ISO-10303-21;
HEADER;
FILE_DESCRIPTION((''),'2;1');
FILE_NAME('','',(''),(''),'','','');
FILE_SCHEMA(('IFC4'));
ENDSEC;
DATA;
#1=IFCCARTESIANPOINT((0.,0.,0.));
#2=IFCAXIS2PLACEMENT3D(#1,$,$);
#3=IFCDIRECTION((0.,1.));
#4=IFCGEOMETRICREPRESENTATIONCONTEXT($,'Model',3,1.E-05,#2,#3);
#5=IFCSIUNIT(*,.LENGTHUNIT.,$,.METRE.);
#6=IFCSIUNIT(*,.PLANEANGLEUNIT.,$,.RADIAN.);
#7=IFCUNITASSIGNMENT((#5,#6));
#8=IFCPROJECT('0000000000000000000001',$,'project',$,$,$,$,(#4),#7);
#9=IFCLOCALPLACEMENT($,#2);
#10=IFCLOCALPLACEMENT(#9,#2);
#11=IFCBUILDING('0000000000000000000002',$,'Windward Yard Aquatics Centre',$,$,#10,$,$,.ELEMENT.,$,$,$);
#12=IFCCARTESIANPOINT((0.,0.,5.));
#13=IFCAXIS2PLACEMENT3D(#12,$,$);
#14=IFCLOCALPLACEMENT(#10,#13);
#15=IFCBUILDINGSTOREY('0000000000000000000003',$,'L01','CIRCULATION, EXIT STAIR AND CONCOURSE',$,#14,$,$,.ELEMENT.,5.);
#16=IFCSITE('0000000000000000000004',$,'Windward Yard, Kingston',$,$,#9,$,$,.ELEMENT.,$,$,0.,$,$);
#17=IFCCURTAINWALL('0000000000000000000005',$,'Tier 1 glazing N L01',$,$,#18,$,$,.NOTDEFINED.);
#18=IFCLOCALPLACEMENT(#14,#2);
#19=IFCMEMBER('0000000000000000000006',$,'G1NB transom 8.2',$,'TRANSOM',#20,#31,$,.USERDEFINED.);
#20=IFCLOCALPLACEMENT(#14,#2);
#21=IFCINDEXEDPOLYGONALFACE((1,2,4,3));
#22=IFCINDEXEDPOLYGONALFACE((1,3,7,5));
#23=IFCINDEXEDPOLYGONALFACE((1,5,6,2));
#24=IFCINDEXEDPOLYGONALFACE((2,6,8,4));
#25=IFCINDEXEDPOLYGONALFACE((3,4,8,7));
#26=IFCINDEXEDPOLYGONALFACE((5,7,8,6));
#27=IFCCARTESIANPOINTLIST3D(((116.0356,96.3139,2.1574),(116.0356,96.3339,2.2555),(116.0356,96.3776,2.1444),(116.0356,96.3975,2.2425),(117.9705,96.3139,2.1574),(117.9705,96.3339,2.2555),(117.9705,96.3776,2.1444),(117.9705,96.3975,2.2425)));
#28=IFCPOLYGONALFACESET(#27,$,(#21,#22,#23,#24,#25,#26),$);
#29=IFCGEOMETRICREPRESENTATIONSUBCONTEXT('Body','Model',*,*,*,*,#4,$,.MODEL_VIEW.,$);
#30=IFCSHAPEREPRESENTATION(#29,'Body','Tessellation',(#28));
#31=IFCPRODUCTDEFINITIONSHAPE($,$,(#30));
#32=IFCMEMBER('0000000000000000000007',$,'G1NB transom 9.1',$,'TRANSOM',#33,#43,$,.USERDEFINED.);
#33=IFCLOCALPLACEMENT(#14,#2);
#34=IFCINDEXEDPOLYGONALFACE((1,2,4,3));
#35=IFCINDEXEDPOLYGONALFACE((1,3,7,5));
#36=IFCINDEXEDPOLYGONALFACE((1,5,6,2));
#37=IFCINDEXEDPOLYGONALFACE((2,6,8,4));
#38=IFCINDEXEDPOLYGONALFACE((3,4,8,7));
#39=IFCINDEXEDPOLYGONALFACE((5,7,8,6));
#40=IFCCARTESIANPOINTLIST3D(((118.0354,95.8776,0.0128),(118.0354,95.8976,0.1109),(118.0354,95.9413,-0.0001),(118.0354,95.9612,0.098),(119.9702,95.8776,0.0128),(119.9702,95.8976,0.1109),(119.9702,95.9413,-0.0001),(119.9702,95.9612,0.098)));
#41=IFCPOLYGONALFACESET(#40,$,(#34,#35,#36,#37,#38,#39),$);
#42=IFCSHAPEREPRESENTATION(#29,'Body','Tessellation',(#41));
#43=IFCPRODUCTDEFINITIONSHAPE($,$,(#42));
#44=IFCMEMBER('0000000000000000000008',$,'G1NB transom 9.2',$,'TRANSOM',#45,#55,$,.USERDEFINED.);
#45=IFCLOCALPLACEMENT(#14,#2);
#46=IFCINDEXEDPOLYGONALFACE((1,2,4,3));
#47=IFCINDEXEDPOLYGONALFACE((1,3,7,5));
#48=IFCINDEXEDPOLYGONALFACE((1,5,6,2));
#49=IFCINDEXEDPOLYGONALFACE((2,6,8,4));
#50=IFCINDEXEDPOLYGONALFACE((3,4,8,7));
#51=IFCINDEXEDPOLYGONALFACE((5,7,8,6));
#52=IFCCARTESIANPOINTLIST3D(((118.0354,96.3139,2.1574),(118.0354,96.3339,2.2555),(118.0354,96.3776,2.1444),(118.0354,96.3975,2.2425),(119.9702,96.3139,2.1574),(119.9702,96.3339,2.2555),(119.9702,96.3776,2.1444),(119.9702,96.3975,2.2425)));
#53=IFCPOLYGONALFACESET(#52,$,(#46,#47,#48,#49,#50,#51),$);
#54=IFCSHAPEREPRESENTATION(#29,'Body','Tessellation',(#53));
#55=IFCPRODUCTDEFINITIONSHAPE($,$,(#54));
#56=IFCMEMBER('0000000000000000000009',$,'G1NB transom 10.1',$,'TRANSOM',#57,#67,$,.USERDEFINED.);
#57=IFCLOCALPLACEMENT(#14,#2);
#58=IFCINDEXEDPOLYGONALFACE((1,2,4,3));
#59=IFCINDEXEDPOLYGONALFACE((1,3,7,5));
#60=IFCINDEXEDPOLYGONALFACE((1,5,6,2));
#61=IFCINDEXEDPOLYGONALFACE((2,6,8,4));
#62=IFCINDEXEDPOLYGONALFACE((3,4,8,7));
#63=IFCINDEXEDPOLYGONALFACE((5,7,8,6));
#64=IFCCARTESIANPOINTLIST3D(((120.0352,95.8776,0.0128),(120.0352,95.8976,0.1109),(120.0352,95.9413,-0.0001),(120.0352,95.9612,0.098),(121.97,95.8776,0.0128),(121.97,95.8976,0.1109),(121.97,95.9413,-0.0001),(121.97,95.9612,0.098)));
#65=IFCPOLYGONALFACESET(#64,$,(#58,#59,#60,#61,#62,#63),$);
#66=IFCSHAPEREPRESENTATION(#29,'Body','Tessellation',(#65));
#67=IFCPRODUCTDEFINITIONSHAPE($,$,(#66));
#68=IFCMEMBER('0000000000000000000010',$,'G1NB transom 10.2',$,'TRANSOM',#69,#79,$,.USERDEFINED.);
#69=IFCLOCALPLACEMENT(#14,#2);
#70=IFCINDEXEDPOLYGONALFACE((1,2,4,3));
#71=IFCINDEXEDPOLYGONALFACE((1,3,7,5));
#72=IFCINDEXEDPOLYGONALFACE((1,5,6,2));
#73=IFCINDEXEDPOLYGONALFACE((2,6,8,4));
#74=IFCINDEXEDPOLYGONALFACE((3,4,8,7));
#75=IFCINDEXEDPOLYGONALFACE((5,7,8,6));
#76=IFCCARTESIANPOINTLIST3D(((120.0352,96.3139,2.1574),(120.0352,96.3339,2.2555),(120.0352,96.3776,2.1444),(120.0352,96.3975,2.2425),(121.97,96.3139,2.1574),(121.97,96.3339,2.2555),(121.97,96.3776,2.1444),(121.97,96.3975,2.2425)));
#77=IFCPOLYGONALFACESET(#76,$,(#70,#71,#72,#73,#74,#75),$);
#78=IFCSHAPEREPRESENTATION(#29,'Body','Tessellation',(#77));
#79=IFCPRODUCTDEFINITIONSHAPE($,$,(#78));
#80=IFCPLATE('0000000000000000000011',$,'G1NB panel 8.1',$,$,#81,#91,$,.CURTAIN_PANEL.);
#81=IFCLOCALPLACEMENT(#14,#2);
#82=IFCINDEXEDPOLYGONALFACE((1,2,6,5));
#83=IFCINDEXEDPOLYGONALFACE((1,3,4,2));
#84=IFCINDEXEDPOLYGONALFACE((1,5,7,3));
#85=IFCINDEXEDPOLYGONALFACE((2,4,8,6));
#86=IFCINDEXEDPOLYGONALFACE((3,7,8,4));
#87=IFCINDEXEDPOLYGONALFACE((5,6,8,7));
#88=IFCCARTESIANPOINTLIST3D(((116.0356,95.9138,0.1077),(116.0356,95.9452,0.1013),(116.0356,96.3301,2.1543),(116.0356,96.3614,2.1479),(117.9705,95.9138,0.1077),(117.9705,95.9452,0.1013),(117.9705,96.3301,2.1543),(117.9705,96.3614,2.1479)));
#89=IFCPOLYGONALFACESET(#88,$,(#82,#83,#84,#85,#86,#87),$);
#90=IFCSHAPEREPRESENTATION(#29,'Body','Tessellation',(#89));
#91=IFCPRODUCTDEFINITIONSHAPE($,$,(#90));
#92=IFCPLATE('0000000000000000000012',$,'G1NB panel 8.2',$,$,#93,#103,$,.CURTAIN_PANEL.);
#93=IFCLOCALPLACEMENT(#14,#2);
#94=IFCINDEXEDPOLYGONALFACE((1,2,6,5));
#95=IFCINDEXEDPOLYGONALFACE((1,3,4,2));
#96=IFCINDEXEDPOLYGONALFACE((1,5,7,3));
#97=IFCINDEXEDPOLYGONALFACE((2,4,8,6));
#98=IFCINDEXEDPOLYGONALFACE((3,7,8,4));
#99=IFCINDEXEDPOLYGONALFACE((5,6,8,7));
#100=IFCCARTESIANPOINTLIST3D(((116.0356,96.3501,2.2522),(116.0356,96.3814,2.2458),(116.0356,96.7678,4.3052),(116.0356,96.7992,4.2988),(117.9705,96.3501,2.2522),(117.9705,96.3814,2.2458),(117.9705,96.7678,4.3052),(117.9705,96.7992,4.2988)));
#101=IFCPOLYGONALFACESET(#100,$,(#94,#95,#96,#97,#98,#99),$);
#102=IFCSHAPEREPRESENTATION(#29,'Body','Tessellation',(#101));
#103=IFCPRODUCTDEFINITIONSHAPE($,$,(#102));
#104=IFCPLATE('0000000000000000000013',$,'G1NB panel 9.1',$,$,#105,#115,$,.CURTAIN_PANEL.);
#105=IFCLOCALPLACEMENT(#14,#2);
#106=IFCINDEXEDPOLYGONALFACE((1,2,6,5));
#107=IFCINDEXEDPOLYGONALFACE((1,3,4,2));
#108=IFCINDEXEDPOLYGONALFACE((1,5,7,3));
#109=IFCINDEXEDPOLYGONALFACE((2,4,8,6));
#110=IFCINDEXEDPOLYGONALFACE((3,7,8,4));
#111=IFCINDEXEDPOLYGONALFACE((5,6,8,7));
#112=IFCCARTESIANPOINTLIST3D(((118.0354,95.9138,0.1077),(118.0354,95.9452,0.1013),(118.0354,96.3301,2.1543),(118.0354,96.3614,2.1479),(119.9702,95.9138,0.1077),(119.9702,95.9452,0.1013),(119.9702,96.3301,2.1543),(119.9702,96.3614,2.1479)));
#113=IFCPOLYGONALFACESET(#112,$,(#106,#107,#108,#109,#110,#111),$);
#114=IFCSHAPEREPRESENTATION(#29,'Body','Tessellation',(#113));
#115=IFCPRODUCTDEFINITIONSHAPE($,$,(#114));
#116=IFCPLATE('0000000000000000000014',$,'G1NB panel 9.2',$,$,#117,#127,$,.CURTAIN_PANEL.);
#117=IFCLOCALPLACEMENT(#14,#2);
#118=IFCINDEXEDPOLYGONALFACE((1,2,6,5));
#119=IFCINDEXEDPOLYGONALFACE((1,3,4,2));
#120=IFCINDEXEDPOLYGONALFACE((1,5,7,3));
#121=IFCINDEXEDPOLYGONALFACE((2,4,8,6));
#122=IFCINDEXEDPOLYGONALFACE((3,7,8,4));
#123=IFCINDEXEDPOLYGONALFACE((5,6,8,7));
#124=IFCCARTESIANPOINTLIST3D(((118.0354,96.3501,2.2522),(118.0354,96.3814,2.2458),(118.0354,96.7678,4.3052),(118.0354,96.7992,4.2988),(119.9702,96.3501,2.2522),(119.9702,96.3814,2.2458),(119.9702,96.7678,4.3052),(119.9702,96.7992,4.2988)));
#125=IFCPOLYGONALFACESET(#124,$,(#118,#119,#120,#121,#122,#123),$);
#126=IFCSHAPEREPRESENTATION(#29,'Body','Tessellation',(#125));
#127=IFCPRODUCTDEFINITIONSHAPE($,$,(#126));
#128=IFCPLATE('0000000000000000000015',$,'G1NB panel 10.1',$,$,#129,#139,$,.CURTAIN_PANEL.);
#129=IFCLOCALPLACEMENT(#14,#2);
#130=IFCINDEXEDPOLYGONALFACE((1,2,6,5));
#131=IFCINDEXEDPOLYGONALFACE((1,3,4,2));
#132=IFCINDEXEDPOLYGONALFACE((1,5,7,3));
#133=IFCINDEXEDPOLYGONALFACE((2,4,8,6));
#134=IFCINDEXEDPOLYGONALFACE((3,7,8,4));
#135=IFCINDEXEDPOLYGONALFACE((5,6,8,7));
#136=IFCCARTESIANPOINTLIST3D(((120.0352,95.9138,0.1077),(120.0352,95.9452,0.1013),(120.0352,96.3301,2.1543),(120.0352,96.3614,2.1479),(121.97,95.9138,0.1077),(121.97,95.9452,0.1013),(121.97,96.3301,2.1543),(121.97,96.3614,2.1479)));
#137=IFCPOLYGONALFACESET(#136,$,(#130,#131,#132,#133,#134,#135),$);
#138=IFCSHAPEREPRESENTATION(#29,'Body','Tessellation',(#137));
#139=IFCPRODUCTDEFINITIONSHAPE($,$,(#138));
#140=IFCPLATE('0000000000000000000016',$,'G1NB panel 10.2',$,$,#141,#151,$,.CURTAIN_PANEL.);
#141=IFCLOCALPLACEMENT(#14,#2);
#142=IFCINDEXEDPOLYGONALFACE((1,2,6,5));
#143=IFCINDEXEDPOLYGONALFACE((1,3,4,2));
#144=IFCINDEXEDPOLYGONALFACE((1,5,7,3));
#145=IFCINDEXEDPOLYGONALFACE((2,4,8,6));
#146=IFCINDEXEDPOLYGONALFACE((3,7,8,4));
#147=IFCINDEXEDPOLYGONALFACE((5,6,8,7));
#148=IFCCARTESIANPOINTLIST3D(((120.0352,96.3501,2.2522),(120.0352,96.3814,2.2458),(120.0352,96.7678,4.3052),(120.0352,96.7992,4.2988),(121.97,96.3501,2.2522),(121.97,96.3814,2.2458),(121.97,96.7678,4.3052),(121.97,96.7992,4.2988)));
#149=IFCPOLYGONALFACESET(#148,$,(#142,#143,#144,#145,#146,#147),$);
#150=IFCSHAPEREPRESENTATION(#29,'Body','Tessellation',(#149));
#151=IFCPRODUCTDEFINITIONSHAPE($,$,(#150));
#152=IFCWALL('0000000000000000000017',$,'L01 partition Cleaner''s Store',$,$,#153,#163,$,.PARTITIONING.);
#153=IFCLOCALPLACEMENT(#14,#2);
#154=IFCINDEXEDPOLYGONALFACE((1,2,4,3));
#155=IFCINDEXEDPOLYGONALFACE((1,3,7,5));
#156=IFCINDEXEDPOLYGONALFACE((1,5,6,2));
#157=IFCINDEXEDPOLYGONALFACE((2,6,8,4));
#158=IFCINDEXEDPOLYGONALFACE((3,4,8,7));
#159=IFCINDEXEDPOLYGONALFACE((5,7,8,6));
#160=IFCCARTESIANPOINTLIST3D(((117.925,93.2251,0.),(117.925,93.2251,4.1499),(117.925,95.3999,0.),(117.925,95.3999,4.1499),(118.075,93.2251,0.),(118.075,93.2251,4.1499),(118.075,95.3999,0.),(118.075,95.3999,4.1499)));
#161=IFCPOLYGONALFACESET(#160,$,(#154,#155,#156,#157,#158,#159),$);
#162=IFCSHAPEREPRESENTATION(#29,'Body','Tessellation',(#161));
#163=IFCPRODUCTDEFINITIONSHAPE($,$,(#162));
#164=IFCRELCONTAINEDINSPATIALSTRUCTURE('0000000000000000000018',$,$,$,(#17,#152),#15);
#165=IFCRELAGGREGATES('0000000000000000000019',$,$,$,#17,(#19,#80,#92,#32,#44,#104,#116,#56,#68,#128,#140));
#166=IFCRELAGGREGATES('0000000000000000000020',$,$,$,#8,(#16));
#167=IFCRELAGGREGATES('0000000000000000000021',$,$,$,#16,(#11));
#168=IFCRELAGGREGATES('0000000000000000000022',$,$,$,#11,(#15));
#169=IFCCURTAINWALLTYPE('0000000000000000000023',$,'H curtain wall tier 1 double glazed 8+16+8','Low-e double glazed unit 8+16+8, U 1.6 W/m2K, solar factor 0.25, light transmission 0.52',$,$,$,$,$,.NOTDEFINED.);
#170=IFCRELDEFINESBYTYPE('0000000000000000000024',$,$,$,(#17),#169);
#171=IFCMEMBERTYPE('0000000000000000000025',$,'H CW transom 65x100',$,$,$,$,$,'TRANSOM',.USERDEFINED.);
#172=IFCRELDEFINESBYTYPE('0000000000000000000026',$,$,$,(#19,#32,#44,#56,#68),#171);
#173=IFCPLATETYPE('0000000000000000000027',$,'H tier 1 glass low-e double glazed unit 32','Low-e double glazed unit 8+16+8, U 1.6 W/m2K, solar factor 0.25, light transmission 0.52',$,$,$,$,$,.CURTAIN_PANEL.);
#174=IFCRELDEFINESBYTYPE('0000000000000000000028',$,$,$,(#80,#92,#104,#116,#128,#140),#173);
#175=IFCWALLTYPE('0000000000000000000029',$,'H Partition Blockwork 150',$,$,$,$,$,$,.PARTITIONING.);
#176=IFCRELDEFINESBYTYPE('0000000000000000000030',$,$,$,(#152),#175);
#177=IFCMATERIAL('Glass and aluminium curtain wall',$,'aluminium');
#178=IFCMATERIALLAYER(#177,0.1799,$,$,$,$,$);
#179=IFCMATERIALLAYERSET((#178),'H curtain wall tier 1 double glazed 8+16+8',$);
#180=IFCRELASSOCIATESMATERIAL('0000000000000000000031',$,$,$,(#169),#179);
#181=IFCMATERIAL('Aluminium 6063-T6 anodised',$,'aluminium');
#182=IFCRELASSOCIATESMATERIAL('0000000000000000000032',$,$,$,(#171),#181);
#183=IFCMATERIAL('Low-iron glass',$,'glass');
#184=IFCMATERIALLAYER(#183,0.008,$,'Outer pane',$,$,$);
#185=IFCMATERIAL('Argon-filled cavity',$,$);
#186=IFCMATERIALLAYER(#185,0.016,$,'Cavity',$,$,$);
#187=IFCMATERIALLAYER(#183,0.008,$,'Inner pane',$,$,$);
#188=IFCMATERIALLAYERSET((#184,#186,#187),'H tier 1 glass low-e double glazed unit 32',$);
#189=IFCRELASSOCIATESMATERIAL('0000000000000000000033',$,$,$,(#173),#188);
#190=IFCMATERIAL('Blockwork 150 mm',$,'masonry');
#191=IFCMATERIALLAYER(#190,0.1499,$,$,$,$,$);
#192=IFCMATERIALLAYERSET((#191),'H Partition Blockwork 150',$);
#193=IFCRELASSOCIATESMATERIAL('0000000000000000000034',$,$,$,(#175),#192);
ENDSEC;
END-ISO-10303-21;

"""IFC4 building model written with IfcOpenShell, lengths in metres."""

from ifc_helpers import new_model, si_unit, direction, frame, frame_2d, origin, origin_2d, place, context, subcontext, project, spatial, polyline, rectangle, outline, extrude, material, layer, layer_set, material_profile, profile_set, type_object, element, aggregate, save


model = new_model("IFC4")

# Units and contexts
model_context = context("Model", 3, precision=1e-05, world=origin(), true_north=direction((0.0, 1.0)))
body_context = subcontext(model_context, "Body", "Model", "MODEL_VIEW")
ifc_project = project(units=[si_unit("LENGTHUNIT", "METRE"), si_unit("PLANEANGLEUNIT", "RADIAN")], contexts=[model_context])

# Site, building, storey
site_placement = place(None, origin())
site = spatial("IfcSite", under=ifc_project, at=site_placement, Name="Windward Yard, Kingston", CompositionType="ELEMENT", RefElevation=0.0)
building_placement = place(site_placement, origin())
building = spatial("IfcBuilding", under=site, at=building_placement, Name="Windward Yard Aquatics Centre", CompositionType="ELEMENT")
storey_placement = place(building_placement, frame((0.0, 0.0, 5.0)))
storey = spatial("IfcBuildingStorey", under=building, at=storey_placement, Name="L01", Description="CIRCULATION, EXIT STAIR AND CONCOURSE", CompositionType="ELEMENT", Elevation=5.0)

# Curtain wall, members, plates
ifc_material_1 = material(Name="Glass and aluminium curtain wall", Category="aluminium")
ifc_layer_1 = layer(ifc_material_1, 0.1799)
ifc_layer_set_1 = layer_set([ifc_layer_1], Name="H curtain wall tier 1 double glazed 8+16+8")
curtain_wall_type = type_object("IfcCurtainWallType", Name="H curtain wall tier 1 double glazed 8+16+8", Description="Low-e double glazed unit 8+16+8, U 1.6 W/m2K, solar factor 0.25, light transmission 0.52", PredefinedType="NOTDEFINED", material=ifc_layer_set_1)
curtain_wall_placement = place(storey_placement, origin())
curtain_wall = element("IfcCurtainWall", 1, at=curtain_wall_placement, inside=storey, type_object=curtain_wall_type, Name="Tier 1 glazing N L01", PredefinedType="NOTDEFINED")
ifc_material_2 = material(Name="Aluminium 6063-T6 anodised", Category="aluminium")
ifc_material_profile_1 = material_profile(ifc_material_2, rectangle(XDim=0.0649, YDim=0.1001, at=origin_2d()), Name="H CW transom 65x100")
ifc_profile_set_1 = profile_set([ifc_material_profile_1], Name="Aluminium 6063-T6 anodised")
member_type_1 = type_object("IfcMemberType", Name="H CW transom 65x100", ElementType="TRANSOM", PredefinedType="USERDEFINED", material=ifc_profile_set_1)
member_1_placement = place(storey_placement, frame((116.0356, 96.3557, 2.2), z_axis=(1.0, 0.0, 0.0), x_axis=(0.0, -0.979925, 0.199368)))
member_1 = element("IfcMember", 2, at=member_1_placement, type_object=member_type_1, Name="G1NB transom 8.2", ObjectType="TRANSOM", PredefinedType="USERDEFINED", context=body_context, shape_type="SweptSolid", body=[
    extrude(rectangle(XDim=0.0649, YDim=0.1001, at=origin_2d()), origin(), (0.0, 0.0, 1.0), 1.9348),
])
member_2_placement = place(storey_placement, frame((118.0354, 95.9194, 0.0554), z_axis=(1.0, 0.0, 0.0), x_axis=(0.0, -0.979925, 0.199368)))
member_2 = element("IfcMember", 3, at=member_2_placement, type_object=member_type_1, Name="G1NB transom 9.1", ObjectType="TRANSOM", PredefinedType="USERDEFINED", context=body_context, shape_type="SweptSolid", body=[
    extrude(rectangle(XDim=0.0649, YDim=0.1001, at=origin_2d()), origin(), (0.0, 0.0, 1.0), 1.9348),
])
member_3_placement = place(storey_placement, frame((118.0354, 96.3557, 2.2), z_axis=(1.0, 0.0, 0.0), x_axis=(0.0, -0.979925, 0.199368)))
member_3 = element("IfcMember", 4, at=member_3_placement, type_object=member_type_1, Name="G1NB transom 9.2", ObjectType="TRANSOM", PredefinedType="USERDEFINED", context=body_context, shape_type="SweptSolid", body=[
    extrude(rectangle(XDim=0.0649, YDim=0.1001, at=origin_2d()), origin(), (0.0, 0.0, 1.0), 1.9348),
])
member_4_placement = place(storey_placement, frame((120.0352, 95.9194, 0.0554), z_axis=(1.0, 0.0, 0.0), x_axis=(0.0, -0.979925, 0.199368)))
member_4 = element("IfcMember", 5, at=member_4_placement, type_object=member_type_1, Name="G1NB transom 10.1", ObjectType="TRANSOM", PredefinedType="USERDEFINED", context=body_context, shape_type="SweptSolid", body=[
    extrude(rectangle(XDim=0.0649, YDim=0.1001, at=origin_2d()), origin(), (0.0, 0.0, 1.0), 1.9348),
])
member_5_placement = place(storey_placement, frame((120.0352, 96.3557, 2.2), z_axis=(1.0, 0.0, 0.0), x_axis=(0.0, -0.979925, 0.199368)))
member_5 = element("IfcMember", 6, at=member_5_placement, type_object=member_type_1, Name="G1NB transom 10.2", ObjectType="TRANSOM", PredefinedType="USERDEFINED", context=body_context, shape_type="SweptSolid", body=[
    extrude(rectangle(XDim=0.0649, YDim=0.1001, at=origin_2d()), origin(), (0.0, 0.0, 1.0), 1.9348),
])
ifc_material_3 = material(Name="Low-iron glass", Category="glass")
ifc_layer_2 = layer(ifc_material_3, 0.008, Name="Outer pane")
ifc_material_4 = material(Name="Argon-filled cavity")
ifc_layer_3 = layer(ifc_material_4, 0.016, Name="Cavity")
ifc_layer_4 = layer(ifc_material_3, 0.008, Name="Inner pane")
ifc_layer_set_2 = layer_set([ifc_layer_2, ifc_layer_3, ifc_layer_4], Name="H tier 1 glass low-e double glazed unit 32")
plate_type = type_object("IfcPlateType", Name="H tier 1 glass low-e double glazed unit 32", Description="Low-e double glazed unit 8+16+8, U 1.6 W/m2K, solar factor 0.25, light transmission 0.52", PredefinedType="CURTAIN_PANEL", material=ifc_layer_set_2)
plate_1_placement = place(storey_placement, frame((116.0356, 95.9138, 0.1077), z_axis=(0.0, -0.979937, 0.199307), x_axis=(1.0, 0.0, 0.0)))
plate_1 = element("IfcPlate", 7, at=plate_1_placement, type_object=plate_type, Name="G1NB panel 8.1", PredefinedType="CURTAIN_PANEL", context=body_context, shape_type="SweptSolid", body=[
    extrude(outline(polyline([(0.0, 0.0), (1.9348, 0.0), (1.9348, 2.0885), (0.0, 2.0885), (0.0, 0.0)])), origin(), (0.0, 0.0, -1.0), 0.032),
])
plate_2_placement = place(storey_placement, frame((116.0356, 96.3501, 2.2522), z_axis=(0.0, -0.979921, 0.199387), x_axis=(1.0, 0.0, 0.0)))
plate_2 = element("IfcPlate", 8, at=plate_2_placement, type_object=plate_type, Name="G1NB panel 8.2", PredefinedType="CURTAIN_PANEL", context=body_context, shape_type="SweptSolid", body=[
    extrude(outline(polyline([(0.0, 0.0), (1.9348, 0.0), (1.9348, 2.095), (0.0, 2.095), (0.0, 0.0)])), origin(), (0.0, 0.0, -1.0), 0.032),
])
plate_3_placement = place(storey_placement, frame((118.0354, 95.9138, 0.1077), z_axis=(0.0, -0.979937, 0.199307), x_axis=(1.0, 0.0, 0.0)))
plate_3 = element("IfcPlate", 9, at=plate_3_placement, type_object=plate_type, Name="G1NB panel 9.1", PredefinedType="CURTAIN_PANEL", context=body_context, shape_type="SweptSolid", body=[
    extrude(outline(polyline([(0.0, 0.0), (1.9348, 0.0), (1.9348, 2.0885), (0.0, 2.0885), (0.0, 0.0)])), origin(), (0.0, 0.0, -1.0), 0.032),
])
plate_4_placement = place(storey_placement, frame((118.0354, 96.3501, 2.2522), z_axis=(0.0, -0.979921, 0.199387), x_axis=(1.0, 0.0, 0.0)))
plate_4 = element("IfcPlate", 10, at=plate_4_placement, type_object=plate_type, Name="G1NB panel 9.2", PredefinedType="CURTAIN_PANEL", context=body_context, shape_type="SweptSolid", body=[
    extrude(outline(polyline([(0.0, 0.0), (1.9348, 0.0), (1.9348, 2.095), (0.0, 2.095), (0.0, 0.0)])), origin(), (0.0, 0.0, -1.0), 0.032),
])
plate_5_placement = place(storey_placement, frame((120.0352, 95.9138, 0.1077), z_axis=(0.0, -0.979937, 0.199307), x_axis=(1.0, 0.0, 0.0)))
plate_5 = element("IfcPlate", 11, at=plate_5_placement, type_object=plate_type, Name="G1NB panel 10.1", PredefinedType="CURTAIN_PANEL", context=body_context, shape_type="SweptSolid", body=[
    extrude(outline(polyline([(0.0, 0.0), (1.9348, 0.0), (1.9348, 2.0885), (0.0, 2.0885), (0.0, 0.0)])), origin(), (0.0, 0.0, -1.0), 0.032),
])
plate_6_placement = place(storey_placement, frame((120.0352, 96.3501, 2.2522), z_axis=(0.0, -0.979921, 0.199387), x_axis=(1.0, 0.0, 0.0)))
plate_6 = element("IfcPlate", 12, at=plate_6_placement, type_object=plate_type, Name="G1NB panel 10.2", PredefinedType="CURTAIN_PANEL", context=body_context, shape_type="SweptSolid", body=[
    extrude(outline(polyline([(0.0, 0.0), (1.9348, 0.0), (1.9348, 2.095), (0.0, 2.095), (0.0, 0.0)])), origin(), (0.0, 0.0, -1.0), 0.032),
])
aggregate(curtain_wall, [member_1, plate_1, plate_2, member_2, member_3, plate_3, plate_4, member_4, member_5, plate_5, plate_6])

# Wall
ifc_material_5 = material(Name="Blockwork 150 mm", Category="masonry")
ifc_layer_5 = layer(ifc_material_5, 0.1499)
ifc_layer_set_3 = layer_set([ifc_layer_5], Name="H Partition Blockwork 150")
wall_type = type_object("IfcWallType", Name="H Partition Blockwork 150", PredefinedType="PARTITIONING", material=ifc_layer_set_3)
wall_1_placement = place(storey_placement, frame((118.0, 95.3999, 0.0), z_axis=(0.0, 0.0, 1.0), x_axis=(0.0, -1.0, 0.0)))
element("IfcWall", 13, at=wall_1_placement, inside=storey, type_object=wall_type, Name="L01 partition Cleaner's Store", PredefinedType="PARTITIONING", context=body_context, shape_type="SweptSolid", body=[
    extrude(rectangle(XDim=2.1748, YDim=0.1499, at=frame_2d((1.0874, 0.0))), origin(), (0.0, 0.0, 1.0), 4.1499),
])

save(model, "model.ifc")
